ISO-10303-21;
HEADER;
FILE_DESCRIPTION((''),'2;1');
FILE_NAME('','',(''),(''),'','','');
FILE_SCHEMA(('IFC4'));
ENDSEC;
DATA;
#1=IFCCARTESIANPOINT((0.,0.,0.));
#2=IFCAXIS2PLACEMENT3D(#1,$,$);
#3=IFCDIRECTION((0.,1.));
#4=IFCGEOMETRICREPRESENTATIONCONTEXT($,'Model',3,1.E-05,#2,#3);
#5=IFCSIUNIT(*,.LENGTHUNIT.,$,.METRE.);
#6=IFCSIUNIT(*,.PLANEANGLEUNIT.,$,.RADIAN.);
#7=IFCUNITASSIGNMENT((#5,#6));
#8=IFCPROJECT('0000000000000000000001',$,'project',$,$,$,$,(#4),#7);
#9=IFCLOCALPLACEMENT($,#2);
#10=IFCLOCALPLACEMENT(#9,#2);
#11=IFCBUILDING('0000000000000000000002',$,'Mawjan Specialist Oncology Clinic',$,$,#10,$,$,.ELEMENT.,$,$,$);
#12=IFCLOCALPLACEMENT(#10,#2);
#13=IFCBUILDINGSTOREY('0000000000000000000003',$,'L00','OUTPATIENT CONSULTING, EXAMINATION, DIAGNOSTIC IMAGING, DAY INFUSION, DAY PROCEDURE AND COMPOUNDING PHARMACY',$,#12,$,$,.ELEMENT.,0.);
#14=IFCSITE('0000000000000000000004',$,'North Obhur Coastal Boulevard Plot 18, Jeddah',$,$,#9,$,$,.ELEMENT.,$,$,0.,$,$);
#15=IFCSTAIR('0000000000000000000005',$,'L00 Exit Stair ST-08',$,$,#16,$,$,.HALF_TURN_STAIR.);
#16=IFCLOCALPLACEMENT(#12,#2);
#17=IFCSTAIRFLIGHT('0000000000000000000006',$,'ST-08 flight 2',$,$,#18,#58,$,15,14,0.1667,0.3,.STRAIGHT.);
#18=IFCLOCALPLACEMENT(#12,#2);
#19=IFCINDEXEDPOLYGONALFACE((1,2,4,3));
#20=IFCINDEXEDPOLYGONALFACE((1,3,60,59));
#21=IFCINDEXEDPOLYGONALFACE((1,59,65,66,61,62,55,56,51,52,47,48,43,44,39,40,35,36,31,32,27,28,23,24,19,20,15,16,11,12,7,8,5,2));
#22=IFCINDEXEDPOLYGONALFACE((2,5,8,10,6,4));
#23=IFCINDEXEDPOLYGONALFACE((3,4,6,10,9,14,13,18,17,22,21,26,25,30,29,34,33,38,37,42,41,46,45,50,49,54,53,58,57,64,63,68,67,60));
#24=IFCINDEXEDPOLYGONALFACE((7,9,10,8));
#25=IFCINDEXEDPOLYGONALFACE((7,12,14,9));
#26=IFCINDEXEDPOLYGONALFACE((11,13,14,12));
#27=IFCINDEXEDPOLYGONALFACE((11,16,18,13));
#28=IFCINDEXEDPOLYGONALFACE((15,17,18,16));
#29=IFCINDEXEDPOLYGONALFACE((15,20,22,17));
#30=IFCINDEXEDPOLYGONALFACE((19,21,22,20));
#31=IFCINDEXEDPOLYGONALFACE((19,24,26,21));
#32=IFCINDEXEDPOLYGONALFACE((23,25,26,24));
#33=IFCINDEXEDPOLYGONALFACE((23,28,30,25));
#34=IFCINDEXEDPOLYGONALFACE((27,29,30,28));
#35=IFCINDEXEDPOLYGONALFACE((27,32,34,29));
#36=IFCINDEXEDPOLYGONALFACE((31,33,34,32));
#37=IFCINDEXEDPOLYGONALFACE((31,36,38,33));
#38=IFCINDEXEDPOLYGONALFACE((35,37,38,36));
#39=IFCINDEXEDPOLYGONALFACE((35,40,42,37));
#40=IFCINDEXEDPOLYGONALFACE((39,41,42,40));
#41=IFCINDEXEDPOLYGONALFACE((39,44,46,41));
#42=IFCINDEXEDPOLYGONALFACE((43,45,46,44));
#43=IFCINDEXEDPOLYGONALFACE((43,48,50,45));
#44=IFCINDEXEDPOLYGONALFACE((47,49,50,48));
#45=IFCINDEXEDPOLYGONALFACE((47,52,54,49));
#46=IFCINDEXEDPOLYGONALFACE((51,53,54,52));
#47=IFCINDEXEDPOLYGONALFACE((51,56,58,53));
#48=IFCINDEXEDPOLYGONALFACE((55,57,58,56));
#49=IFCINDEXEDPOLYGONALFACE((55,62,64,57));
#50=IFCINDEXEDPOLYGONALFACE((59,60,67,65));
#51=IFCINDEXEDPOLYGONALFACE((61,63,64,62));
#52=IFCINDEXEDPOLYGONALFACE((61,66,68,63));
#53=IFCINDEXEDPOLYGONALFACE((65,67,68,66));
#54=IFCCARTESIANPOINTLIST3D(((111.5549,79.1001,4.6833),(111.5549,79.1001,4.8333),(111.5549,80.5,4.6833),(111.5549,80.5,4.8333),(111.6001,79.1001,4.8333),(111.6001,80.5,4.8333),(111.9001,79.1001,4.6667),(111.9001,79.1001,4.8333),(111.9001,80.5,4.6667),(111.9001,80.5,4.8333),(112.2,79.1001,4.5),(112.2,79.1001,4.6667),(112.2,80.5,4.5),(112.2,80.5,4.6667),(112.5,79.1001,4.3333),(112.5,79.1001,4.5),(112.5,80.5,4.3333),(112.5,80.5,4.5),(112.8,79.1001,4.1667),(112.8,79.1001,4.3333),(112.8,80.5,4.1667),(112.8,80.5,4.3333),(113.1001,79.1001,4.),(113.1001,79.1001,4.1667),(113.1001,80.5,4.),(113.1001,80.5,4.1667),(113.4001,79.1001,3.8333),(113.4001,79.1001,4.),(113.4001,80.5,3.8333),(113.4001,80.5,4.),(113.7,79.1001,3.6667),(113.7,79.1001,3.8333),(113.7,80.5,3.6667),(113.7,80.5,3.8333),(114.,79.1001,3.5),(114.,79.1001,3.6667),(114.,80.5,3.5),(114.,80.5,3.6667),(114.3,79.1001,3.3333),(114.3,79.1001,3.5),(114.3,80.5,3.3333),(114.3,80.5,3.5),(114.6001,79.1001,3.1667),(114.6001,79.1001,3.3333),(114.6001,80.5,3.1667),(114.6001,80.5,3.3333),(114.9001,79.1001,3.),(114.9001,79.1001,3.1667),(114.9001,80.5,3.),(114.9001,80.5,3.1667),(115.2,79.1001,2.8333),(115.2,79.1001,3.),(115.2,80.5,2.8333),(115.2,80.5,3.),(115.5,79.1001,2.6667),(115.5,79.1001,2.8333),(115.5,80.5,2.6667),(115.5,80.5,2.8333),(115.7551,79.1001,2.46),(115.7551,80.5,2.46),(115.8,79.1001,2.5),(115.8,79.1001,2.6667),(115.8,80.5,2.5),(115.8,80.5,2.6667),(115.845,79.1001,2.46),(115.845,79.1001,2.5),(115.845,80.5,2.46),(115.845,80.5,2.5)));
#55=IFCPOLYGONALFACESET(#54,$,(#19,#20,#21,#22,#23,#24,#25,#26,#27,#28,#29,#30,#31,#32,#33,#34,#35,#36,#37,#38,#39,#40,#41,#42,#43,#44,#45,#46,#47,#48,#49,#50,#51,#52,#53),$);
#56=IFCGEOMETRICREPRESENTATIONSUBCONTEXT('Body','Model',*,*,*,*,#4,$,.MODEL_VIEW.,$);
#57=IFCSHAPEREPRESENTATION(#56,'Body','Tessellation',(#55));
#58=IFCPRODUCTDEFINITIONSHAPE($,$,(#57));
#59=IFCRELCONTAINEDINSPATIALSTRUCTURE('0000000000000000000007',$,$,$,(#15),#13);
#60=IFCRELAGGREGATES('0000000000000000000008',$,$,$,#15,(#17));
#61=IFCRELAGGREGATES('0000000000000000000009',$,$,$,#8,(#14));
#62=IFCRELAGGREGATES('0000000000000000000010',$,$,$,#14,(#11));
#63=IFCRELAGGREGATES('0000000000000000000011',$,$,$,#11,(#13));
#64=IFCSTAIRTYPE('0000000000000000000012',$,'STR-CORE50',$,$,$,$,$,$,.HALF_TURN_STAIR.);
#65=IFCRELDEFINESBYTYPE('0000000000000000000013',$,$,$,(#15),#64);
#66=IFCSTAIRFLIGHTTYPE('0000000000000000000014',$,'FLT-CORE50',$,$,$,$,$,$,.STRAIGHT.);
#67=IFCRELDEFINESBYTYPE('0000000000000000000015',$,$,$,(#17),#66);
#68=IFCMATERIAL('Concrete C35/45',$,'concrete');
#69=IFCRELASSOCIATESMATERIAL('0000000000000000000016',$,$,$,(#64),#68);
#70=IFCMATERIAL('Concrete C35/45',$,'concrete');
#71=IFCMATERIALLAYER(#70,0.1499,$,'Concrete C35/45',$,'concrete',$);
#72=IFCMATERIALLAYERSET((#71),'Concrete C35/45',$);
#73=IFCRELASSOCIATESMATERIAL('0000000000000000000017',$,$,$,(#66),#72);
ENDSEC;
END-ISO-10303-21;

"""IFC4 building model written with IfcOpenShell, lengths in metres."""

from ifc_helpers import new_model, si_unit, direction, frame, origin, place, context, subcontext, project, spatial, polyline, outline, extrude, material, layer, layer_set, type_object, element, aggregate, save


model = new_model("IFC4")

# Units and contexts
model_context = context("Model", 3, precision=1e-05, world=origin(), true_north=direction((0.0, 1.0)))
body_context = subcontext(model_context, "Body", "Model", "MODEL_VIEW")
ifc_project = project(units=[si_unit("LENGTHUNIT", "METRE"), si_unit("PLANEANGLEUNIT", "RADIAN")], contexts=[model_context])

# Site, building, storey
site_placement = place(None, origin())
site = spatial("IfcSite", under=ifc_project, at=site_placement, Name="North Obhur Coastal Boulevard Plot 18, Jeddah", CompositionType="ELEMENT", RefElevation=0.0)
building_placement = place(site_placement, origin())
building = spatial("IfcBuilding", under=site, at=building_placement, Name="Mawjan Specialist Oncology Clinic", CompositionType="ELEMENT")
storey_placement = place(building_placement, origin())
storey = spatial("IfcBuildingStorey", under=building, at=storey_placement, Name="L00", Description="OUTPATIENT CONSULTING, EXAMINATION, DIAGNOSTIC IMAGING, DAY INFUSION, DAY PROCEDURE AND COMPOUNDING PHARMACY", CompositionType="ELEMENT", Elevation=0.0)

# Stair, stair flight
ifc_material_1 = material(Name="Concrete C35/45", Category="concrete")
stair_type_1 = type_object("IfcStairType", Name="STR-CORE50", PredefinedType="HALF_TURN_STAIR", material=ifc_material_1)
stair_1_placement = place(storey_placement, origin())
stair_1 = element("IfcStair", 1, at=stair_1_placement, inside=storey, type_object=stair_type_1, Name="L00 Exit Stair ST-08", PredefinedType="HALF_TURN_STAIR")
ifc_material_2 = material(Name="Concrete C35/45", Category="concrete")
ifc_layer_1 = layer(ifc_material_2, 0.1499, Name="Concrete C35/45", Category="concrete")
ifc_layer_set_1 = layer_set([ifc_layer_1], Name="Concrete C35/45")
stair_flight_type_1 = type_object("IfcStairFlightType", Name="FLT-CORE50", PredefinedType="STRAIGHT", material=ifc_layer_set_1)
stair_flight_1_placement = place(storey_placement, frame((115.8, 79.8, 2.5), z_axis=(0.0, 0.0, 1.0), x_axis=(-1.0, 0.0, 0.0)))
stair_flight_1 = element("IfcStairFlight", 2, at=stair_flight_1_placement, type_object=stair_flight_type_1, Name="ST-08 flight 2", NumberOfRisers=15, NumberOfTreads=14, PredefinedType="STRAIGHT", RiserHeight=0.1667, TreadLength=0.3, context=body_context, shape_type="SweptSolid", body=[
    extrude(outline(polyline([(-0.0449, -0.04), (-0.0449, 0.0), (0.0, 0.0), (0.0, 0.1667), (0.3, 0.1667), (0.3, 0.3333), (0.6001, 0.3333), (0.6001, 0.5), (0.8999, 0.5), (0.8999, 0.6667), (1.2, 0.6667), (1.2, 0.8333), (1.5, 0.8333), (1.5, 1.0), (1.8, 1.0), (1.8, 1.1667), (2.1001, 1.1667), (2.1001, 1.3333), (2.3999, 1.3333), (2.3999, 1.5), (2.7, 1.5), (2.7, 1.6667), (3.0, 1.6667), (3.0, 1.8333), (3.3, 1.8333), (3.3, 2.0), (3.6001, 2.0), (3.6001, 2.1667), (3.8999, 2.1667), (3.8999, 2.3333), (4.2, 2.3333), (4.2451, 2.3333), (4.2451, 2.1833), (0.0449, -0.04), (-0.0449, -0.04)])), frame((0.0, 0.7, 0.0), z_axis=(0.0, -1.0, 0.0), x_axis=(1.0, 0.0, 0.0)), (0.0, 0.0, 1.0), 1.3999),
])
aggregate(stair_1, [stair_flight_1])

save(model, "model.ifc")
